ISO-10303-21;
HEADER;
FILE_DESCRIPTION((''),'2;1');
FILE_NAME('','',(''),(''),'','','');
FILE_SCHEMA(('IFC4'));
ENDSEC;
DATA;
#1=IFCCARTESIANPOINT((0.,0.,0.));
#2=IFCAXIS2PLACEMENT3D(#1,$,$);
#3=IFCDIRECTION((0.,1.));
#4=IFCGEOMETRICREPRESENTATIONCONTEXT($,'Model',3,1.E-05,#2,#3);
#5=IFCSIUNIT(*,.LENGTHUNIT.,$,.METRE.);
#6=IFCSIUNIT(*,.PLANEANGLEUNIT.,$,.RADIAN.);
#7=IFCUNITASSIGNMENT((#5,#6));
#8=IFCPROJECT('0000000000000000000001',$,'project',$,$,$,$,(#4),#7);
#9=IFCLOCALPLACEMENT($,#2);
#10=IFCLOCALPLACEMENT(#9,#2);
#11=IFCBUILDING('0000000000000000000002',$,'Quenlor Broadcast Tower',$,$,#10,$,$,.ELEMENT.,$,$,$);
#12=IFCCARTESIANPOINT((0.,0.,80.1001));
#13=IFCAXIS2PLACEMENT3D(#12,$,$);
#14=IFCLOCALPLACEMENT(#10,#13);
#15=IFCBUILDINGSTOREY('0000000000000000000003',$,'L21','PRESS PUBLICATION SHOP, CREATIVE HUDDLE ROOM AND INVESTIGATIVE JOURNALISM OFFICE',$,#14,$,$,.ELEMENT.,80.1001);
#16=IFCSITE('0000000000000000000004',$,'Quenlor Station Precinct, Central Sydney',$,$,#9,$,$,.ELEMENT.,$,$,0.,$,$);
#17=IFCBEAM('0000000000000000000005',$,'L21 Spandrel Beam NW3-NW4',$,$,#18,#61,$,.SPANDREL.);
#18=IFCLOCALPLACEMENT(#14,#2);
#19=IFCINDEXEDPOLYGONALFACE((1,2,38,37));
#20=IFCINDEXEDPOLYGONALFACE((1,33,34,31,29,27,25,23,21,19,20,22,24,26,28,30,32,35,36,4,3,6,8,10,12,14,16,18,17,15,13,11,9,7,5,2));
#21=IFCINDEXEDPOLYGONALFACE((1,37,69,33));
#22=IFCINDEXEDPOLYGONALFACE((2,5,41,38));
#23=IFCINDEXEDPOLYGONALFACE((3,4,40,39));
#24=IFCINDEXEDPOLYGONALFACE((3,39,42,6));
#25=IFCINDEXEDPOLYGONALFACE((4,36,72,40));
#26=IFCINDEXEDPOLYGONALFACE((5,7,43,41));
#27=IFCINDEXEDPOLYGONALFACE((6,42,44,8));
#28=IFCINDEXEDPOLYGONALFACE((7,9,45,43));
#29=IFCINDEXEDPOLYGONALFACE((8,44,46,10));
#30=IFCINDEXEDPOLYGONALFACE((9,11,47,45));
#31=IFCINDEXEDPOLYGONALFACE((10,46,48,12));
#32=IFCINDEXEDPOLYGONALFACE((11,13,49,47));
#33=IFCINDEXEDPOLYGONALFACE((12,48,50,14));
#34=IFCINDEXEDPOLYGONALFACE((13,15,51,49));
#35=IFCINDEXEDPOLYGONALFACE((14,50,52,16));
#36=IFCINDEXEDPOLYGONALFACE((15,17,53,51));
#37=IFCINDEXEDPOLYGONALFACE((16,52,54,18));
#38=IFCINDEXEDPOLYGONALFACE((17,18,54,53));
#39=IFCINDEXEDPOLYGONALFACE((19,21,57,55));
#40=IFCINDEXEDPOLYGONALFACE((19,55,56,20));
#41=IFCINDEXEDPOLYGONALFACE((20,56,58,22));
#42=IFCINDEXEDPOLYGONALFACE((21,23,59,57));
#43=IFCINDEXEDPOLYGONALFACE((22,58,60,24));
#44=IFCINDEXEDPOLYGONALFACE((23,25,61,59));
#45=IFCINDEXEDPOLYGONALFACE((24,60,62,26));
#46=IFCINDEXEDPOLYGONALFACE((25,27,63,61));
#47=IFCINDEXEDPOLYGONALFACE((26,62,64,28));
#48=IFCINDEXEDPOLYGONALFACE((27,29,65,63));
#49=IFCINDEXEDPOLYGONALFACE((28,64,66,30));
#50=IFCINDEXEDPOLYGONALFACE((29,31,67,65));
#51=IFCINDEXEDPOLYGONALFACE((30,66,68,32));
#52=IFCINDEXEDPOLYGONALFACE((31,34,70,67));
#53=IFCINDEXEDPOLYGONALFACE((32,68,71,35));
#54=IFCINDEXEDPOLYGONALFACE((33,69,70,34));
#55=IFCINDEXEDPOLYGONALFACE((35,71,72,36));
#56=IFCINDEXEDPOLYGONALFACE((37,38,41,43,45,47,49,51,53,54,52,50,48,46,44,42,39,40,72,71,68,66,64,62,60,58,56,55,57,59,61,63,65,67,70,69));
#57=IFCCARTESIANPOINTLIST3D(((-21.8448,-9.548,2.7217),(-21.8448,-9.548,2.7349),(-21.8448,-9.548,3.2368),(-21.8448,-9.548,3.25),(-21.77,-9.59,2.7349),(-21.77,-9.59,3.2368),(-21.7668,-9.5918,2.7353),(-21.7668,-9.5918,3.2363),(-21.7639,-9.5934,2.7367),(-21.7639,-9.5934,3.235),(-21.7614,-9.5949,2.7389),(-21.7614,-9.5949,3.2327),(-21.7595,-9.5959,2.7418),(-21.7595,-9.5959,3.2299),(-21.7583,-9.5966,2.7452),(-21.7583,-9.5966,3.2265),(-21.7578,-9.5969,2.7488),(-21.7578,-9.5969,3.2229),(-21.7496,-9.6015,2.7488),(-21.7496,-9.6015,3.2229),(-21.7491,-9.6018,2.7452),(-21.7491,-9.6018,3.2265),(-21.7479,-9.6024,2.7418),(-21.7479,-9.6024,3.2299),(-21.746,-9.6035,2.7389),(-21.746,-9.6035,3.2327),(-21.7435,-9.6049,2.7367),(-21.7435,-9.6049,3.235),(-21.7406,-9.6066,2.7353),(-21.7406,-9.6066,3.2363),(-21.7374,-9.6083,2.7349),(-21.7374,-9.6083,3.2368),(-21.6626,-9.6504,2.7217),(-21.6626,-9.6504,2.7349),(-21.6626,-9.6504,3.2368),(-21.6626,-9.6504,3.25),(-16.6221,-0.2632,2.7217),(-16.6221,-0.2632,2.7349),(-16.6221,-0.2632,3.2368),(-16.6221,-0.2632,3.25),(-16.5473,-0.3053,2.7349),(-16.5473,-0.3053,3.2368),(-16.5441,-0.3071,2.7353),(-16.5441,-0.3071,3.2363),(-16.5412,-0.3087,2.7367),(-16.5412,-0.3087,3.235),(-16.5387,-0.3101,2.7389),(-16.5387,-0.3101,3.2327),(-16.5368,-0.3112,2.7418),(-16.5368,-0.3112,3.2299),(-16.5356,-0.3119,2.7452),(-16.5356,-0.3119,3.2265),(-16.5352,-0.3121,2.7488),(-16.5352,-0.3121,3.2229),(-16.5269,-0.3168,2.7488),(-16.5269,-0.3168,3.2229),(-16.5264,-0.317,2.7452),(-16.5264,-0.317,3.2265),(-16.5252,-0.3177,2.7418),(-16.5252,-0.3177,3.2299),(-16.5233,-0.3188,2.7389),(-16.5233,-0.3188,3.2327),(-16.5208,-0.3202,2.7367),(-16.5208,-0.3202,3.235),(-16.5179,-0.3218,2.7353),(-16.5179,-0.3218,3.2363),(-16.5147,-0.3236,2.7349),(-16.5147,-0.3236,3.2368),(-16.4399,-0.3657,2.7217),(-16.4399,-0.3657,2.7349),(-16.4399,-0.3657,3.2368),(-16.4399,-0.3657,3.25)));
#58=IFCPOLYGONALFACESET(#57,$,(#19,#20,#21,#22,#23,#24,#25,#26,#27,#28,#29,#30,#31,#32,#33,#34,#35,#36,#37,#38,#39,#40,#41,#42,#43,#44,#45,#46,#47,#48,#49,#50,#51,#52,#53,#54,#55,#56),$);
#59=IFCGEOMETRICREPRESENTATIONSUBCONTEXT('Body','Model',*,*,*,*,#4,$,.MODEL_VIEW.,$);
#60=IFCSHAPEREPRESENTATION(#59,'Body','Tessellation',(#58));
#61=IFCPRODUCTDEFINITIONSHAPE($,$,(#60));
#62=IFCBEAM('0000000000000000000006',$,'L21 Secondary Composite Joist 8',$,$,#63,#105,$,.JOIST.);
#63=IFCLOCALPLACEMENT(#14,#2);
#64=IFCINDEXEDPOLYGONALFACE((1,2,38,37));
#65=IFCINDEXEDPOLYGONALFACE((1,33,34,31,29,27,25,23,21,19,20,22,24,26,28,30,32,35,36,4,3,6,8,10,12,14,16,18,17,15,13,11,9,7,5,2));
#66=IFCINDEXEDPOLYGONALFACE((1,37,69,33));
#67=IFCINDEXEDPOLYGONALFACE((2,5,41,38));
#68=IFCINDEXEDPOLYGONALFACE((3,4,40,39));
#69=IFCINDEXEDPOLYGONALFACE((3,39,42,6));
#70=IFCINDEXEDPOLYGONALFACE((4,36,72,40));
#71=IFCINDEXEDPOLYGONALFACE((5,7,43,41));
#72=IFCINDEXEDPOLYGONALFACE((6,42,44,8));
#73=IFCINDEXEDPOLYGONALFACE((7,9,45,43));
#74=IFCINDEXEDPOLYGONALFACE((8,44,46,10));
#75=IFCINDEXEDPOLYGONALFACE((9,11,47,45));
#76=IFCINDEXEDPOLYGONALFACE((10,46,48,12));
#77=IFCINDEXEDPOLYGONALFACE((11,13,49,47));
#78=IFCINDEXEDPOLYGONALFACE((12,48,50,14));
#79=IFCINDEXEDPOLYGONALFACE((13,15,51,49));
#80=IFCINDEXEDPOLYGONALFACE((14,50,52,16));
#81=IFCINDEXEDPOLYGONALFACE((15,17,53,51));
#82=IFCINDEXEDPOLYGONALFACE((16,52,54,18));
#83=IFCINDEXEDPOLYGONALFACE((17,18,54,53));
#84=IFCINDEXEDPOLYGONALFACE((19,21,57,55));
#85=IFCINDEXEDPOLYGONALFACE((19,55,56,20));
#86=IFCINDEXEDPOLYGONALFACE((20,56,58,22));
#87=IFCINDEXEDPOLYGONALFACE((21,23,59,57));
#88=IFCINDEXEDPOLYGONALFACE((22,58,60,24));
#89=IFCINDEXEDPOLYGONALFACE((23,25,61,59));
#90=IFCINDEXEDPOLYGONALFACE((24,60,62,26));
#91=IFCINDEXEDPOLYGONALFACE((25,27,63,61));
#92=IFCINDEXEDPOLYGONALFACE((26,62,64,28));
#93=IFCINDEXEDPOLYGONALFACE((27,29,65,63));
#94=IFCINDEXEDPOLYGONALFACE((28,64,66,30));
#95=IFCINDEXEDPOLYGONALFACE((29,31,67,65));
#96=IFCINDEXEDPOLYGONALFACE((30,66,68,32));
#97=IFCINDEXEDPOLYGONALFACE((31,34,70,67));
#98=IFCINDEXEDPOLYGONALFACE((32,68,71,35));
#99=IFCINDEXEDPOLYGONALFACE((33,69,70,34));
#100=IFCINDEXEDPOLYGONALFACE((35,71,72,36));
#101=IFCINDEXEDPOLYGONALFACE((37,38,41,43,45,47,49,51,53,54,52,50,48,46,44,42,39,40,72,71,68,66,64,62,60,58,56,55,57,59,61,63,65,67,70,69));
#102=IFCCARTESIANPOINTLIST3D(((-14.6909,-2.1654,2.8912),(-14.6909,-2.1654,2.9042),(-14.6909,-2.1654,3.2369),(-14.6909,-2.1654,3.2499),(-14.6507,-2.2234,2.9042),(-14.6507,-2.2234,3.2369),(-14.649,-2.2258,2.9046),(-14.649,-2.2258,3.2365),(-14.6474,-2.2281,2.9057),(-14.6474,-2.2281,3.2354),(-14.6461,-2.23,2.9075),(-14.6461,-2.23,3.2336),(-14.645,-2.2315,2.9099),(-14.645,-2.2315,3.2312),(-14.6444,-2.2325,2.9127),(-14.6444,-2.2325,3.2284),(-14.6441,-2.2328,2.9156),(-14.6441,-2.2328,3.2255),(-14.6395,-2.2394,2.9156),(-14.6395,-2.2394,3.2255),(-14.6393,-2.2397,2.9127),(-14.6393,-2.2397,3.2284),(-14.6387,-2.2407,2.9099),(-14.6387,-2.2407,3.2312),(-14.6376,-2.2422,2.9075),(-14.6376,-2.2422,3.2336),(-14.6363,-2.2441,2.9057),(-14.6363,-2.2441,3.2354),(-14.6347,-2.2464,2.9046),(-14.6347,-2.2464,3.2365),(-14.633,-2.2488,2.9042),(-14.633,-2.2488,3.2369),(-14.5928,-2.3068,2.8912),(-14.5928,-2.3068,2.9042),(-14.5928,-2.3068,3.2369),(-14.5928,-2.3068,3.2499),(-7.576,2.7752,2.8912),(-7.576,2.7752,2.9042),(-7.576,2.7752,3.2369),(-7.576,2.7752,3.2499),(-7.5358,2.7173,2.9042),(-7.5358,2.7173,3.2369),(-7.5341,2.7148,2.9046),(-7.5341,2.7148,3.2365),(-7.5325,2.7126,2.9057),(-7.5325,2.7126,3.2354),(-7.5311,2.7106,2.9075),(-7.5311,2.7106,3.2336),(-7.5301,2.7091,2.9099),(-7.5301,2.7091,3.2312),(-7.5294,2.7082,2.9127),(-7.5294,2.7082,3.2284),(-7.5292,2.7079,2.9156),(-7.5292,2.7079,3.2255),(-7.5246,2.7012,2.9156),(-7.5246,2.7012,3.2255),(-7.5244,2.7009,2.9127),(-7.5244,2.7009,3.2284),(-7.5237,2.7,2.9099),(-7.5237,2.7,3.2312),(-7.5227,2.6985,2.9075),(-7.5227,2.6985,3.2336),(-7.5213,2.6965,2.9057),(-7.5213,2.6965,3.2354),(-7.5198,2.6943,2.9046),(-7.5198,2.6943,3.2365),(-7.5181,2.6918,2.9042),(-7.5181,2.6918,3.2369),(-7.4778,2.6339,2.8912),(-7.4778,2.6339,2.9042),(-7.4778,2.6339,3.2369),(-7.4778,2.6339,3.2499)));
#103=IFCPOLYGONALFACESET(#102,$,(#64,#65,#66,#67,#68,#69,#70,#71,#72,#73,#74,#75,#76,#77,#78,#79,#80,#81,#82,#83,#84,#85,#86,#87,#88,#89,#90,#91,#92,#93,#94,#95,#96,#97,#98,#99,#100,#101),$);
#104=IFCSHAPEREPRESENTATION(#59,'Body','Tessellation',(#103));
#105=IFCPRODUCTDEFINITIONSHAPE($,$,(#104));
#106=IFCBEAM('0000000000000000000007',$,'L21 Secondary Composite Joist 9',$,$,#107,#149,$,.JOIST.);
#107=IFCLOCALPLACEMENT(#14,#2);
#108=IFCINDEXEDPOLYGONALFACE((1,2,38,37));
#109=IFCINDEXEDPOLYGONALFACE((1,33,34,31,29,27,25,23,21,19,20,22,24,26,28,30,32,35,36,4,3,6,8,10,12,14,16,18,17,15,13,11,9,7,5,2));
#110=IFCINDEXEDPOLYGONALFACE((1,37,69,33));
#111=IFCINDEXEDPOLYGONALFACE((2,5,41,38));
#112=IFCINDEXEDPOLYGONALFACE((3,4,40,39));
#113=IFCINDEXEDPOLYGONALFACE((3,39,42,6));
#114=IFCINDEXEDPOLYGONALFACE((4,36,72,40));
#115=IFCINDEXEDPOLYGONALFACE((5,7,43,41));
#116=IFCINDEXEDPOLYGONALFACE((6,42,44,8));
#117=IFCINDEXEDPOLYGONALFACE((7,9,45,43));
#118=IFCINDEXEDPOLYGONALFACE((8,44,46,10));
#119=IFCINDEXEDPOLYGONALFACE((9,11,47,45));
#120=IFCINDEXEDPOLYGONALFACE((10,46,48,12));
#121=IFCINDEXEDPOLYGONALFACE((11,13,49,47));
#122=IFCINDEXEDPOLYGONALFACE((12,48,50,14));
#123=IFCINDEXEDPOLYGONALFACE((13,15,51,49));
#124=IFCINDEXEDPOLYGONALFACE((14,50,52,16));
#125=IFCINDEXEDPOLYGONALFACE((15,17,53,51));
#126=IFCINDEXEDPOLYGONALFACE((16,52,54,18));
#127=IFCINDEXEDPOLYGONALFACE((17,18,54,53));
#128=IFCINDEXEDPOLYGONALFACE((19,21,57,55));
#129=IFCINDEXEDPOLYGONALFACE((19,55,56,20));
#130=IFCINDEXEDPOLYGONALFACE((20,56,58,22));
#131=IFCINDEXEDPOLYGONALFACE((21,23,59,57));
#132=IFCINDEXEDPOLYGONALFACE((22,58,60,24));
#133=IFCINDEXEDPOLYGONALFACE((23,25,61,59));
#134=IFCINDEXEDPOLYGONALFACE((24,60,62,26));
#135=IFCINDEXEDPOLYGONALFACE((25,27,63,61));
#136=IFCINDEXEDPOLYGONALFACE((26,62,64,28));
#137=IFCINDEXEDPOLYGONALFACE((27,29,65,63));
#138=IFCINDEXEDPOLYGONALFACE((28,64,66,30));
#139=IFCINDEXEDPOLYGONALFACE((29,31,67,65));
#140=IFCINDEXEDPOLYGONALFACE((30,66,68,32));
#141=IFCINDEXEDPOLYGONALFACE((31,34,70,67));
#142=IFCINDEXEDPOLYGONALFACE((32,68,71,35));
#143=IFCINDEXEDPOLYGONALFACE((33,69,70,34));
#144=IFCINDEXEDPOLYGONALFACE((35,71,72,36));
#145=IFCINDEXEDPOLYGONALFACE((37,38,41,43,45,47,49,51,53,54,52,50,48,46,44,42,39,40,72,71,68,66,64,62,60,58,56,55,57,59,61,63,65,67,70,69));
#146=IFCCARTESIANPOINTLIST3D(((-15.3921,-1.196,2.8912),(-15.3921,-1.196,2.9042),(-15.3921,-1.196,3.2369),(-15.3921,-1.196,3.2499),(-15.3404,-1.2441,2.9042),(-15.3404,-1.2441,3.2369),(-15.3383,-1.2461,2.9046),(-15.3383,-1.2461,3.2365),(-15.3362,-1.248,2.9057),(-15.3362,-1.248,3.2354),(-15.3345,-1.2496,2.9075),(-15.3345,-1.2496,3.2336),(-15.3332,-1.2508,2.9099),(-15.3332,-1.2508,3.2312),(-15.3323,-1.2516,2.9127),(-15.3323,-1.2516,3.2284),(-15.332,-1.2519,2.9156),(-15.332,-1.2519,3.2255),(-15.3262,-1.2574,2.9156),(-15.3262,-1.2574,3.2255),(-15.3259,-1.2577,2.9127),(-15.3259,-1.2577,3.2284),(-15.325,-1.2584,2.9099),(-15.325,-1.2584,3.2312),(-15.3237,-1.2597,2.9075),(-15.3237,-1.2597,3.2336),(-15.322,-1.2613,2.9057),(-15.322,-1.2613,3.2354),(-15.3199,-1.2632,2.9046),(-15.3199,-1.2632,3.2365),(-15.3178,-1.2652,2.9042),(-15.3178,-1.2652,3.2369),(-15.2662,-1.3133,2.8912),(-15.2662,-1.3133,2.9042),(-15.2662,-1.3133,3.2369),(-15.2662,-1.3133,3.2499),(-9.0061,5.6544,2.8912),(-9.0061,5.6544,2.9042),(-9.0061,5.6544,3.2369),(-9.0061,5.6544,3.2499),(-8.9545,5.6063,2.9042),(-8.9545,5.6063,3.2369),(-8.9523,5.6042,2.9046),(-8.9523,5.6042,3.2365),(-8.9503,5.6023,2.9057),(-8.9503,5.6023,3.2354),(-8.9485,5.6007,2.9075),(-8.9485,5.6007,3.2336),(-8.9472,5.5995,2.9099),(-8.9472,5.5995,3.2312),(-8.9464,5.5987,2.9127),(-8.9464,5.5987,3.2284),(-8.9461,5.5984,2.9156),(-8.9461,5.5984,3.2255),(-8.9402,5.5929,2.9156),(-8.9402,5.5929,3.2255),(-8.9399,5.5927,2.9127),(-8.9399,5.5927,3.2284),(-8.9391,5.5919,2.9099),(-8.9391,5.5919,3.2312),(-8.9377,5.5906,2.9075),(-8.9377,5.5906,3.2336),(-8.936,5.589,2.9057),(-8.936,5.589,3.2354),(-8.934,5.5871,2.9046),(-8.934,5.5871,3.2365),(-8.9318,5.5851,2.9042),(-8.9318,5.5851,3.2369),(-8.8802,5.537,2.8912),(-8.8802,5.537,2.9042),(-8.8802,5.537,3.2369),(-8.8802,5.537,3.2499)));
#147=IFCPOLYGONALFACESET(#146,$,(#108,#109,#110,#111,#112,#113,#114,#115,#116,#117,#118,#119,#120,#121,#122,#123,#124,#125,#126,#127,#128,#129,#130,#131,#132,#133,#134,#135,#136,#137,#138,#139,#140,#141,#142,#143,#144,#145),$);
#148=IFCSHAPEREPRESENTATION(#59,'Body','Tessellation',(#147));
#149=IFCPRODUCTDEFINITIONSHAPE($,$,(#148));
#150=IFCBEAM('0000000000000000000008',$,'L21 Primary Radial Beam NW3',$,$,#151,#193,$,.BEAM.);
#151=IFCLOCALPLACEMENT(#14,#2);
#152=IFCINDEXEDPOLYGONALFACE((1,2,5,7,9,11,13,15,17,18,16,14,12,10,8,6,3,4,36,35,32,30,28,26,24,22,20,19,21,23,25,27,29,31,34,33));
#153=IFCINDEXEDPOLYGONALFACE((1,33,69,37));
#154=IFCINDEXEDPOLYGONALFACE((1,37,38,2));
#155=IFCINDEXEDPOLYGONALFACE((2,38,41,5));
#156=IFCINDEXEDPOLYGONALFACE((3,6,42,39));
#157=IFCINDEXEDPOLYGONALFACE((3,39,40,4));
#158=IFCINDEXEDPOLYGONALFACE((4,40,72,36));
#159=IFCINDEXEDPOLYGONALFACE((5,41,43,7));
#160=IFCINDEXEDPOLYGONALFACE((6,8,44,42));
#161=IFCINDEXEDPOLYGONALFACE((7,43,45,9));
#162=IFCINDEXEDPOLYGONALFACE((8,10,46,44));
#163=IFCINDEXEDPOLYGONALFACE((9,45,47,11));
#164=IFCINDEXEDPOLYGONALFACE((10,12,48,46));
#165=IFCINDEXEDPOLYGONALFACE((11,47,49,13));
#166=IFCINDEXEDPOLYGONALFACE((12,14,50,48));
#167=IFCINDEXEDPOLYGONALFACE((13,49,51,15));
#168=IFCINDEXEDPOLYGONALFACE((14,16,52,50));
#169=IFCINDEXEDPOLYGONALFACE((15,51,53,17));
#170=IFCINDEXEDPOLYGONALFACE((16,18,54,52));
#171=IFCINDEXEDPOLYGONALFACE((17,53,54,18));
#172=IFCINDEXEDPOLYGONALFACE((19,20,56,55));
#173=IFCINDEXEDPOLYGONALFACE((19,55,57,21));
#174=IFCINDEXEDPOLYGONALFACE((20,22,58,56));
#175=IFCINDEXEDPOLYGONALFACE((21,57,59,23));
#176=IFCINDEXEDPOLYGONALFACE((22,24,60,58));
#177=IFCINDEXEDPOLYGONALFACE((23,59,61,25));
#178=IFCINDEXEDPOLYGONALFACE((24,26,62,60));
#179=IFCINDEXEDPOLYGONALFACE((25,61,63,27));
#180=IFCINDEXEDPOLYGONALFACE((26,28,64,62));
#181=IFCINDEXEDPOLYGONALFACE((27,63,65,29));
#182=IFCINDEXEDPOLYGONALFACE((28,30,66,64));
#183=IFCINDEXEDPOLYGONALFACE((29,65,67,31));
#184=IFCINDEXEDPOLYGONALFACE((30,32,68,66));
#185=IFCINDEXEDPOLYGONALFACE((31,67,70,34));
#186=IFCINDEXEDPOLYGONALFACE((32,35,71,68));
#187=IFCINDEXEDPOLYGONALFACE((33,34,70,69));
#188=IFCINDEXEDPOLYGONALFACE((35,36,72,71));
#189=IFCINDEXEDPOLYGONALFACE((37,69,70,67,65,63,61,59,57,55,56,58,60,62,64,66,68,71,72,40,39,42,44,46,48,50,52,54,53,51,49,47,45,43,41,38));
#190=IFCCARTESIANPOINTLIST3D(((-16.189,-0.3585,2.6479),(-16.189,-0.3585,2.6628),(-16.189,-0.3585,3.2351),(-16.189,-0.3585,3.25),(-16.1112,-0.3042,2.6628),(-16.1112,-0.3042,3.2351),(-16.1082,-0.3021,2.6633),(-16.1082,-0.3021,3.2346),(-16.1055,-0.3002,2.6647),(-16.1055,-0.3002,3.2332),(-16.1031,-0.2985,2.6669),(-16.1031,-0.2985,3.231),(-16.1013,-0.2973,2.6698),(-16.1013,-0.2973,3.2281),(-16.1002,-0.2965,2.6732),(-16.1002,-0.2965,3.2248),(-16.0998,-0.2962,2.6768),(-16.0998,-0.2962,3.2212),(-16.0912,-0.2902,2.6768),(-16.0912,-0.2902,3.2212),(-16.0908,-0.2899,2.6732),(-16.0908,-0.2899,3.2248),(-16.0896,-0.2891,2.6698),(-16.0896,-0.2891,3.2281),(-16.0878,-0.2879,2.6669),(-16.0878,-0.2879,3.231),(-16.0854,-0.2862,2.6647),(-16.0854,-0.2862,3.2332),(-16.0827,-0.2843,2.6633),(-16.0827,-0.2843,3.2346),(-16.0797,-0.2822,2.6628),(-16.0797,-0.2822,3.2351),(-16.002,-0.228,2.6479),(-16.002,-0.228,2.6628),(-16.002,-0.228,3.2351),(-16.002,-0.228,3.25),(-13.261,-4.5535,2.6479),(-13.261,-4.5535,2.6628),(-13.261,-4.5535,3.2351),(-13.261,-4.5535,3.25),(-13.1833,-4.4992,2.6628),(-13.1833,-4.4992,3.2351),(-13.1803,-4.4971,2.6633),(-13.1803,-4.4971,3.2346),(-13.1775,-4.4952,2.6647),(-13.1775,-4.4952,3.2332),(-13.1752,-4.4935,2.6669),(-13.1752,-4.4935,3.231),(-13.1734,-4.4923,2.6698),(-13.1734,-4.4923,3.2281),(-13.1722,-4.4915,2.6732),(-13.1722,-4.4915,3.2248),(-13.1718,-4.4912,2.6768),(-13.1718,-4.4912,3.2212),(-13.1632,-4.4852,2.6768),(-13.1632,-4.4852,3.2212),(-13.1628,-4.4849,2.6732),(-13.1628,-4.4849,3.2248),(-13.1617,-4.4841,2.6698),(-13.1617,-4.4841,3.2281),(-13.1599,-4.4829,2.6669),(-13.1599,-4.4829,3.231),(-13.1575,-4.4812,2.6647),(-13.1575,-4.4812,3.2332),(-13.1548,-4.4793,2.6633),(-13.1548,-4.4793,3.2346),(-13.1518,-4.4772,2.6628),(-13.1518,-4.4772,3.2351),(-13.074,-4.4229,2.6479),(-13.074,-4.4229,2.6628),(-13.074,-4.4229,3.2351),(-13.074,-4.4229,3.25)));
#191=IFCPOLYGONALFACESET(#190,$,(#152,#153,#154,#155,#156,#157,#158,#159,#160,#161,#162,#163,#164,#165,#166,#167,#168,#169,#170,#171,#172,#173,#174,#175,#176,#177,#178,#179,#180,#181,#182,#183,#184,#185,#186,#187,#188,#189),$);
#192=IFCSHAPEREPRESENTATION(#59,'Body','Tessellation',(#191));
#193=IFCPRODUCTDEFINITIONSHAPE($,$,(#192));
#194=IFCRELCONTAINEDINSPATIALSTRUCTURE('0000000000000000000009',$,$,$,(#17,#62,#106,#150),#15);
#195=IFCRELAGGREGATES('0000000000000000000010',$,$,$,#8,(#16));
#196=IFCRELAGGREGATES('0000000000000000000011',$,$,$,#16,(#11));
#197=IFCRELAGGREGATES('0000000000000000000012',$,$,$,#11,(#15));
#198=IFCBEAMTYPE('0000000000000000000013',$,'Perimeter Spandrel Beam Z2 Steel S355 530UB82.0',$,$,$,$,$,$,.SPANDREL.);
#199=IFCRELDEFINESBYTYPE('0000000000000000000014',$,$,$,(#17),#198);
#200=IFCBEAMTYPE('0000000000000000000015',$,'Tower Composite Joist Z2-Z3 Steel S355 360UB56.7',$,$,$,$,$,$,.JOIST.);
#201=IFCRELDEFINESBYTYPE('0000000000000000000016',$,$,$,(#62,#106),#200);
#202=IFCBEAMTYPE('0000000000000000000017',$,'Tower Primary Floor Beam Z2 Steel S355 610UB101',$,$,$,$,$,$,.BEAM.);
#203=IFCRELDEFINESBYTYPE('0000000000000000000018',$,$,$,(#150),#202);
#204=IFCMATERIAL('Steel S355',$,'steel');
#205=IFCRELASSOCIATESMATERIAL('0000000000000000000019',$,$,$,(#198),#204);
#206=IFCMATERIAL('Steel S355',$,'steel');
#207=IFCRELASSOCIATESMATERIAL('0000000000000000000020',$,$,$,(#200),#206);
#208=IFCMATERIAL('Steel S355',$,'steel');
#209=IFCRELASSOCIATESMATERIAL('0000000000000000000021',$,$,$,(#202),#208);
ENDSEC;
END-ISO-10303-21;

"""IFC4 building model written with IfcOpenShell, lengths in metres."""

from ifc_helpers import new_model, si_unit, direction, frame, origin, origin_2d, place, context, subcontext, project, spatial, i_section, extrude, material, material_profile, profile_set, type_object, element, save


model = new_model("IFC4")

# Units and contexts
model_context = context("Model", 3, precision=1e-05, world=origin(), true_north=direction((0.0, 1.0)))
body_context = subcontext(model_context, "Body", "Model", "MODEL_VIEW")
ifc_project = project(units=[si_unit("LENGTHUNIT", "METRE"), si_unit("PLANEANGLEUNIT", "RADIAN")], contexts=[model_context])

# Site, building, storey
site_placement = place(None, origin())
site = spatial("IfcSite", under=ifc_project, at=site_placement, Name="Quenlor Station Precinct, Central Sydney", CompositionType="ELEMENT", RefElevation=0.0)
building_placement = place(site_placement, origin())
building = spatial("IfcBuilding", under=site, at=building_placement, Name="Quenlor Broadcast Tower", CompositionType="ELEMENT")
storey_placement = place(building_placement, frame((0.0, 0.0, 80.1001)))
storey = spatial("IfcBuildingStorey", under=building, at=storey_placement, Name="L21", Description="PRESS PUBLICATION SHOP, CREATIVE HUDDLE ROOM AND INVESTIGATIVE JOURNALISM OFFICE", CompositionType="ELEMENT", Elevation=80.1001)

# Beams
ifc_material_1 = material(Name="Steel S355", Category="steel")
ifc_material_profile_1 = material_profile(ifc_material_1, i_section(OverallWidth=0.209, OverallDepth=0.5283, WebThickness=0.0095, FlangeThickness=0.0132, FilletRadius=0.0139, at=origin_2d()))
ifc_profile_set_1 = profile_set([ifc_material_profile_1], Name="Steel S355 530UB82.0")
beam_type_1 = type_object("IfcBeamType", Name="Perimeter Spandrel Beam Z2 Steel S355 530UB82.0", PredefinedType="SPANDREL", material=ifc_profile_set_1)
beam_1_placement = place(storey_placement, frame((-16.531, -0.3145, 2.9858), z_axis=(-0.490263, -0.871574, 0.0), x_axis=(0.871574, -0.490263, 0.0)))
element("IfcBeam", 1, at=beam_1_placement, inside=storey, type_object=beam_type_1, Name="L21 Spandrel Beam NW3-NW4", PredefinedType="SPANDREL", context=body_context, shape_type="SweptSolid", body=[
    extrude(i_section(OverallWidth=0.209, OverallDepth=0.5283, WebThickness=0.0095, FlangeThickness=0.0132, FilletRadius=0.0139, at=origin_2d()), origin(), (0.0, 0.0, 1.0), 10.6528),
])
ifc_material_2 = material(Name="Steel S355", Category="steel")
ifc_material_profile_2 = material_profile(ifc_material_2, i_section(OverallWidth=0.1721, OverallDepth=0.3586, WebThickness=0.0081, FlangeThickness=0.0129, FilletRadius=0.0115, at=origin_2d()))
ifc_profile_set_2 = profile_set([ifc_material_profile_2], Name="Steel S355 360UB56.7")
beam_type_2 = type_object("IfcBeamType", Name="Tower Composite Joist Z2-Z3 Steel S355 360UB56.7", PredefinedType="JOIST", material=ifc_profile_set_2)
beam_2_placement = place(storey_placement, frame((-14.6418, -2.2361, 3.0706), z_axis=(0.821386, 0.570373, 0.0), x_axis=(-0.570373, 0.821386, 0.0)))
element("IfcBeam", 2, at=beam_2_placement, inside=storey, type_object=beam_type_2, Name="L21 Secondary Composite Joist 8", PredefinedType="JOIST", context=body_context, shape_type="SweptSolid", body=[
    extrude(i_section(OverallWidth=0.1721, OverallDepth=0.3586, WebThickness=0.0081, FlangeThickness=0.0129, FilletRadius=0.0115, at=origin_2d()), origin(), (0.0, 0.0, 1.0), 8.6621),
])
beam_3_placement = place(storey_placement, frame((-15.3291, -1.2546, 3.0706), z_axis=(0.681881, 0.731463, 0.0), x_axis=(-0.731463, 0.681881, 0.0)))
element("IfcBeam", 3, at=beam_3_placement, inside=storey, type_object=beam_type_2, Name="L21 Secondary Composite Joist 9", PredefinedType="JOIST", context=body_context, shape_type="SweptSolid", body=[
    extrude(i_section(OverallWidth=0.1721, OverallDepth=0.3586, WebThickness=0.0081, FlangeThickness=0.0129, FilletRadius=0.0115, at=origin_2d()), origin(), (0.0, 0.0, 1.0), 9.3652),
])
ifc_material_3 = material(Name="Steel S355", Category="steel")
ifc_material_profile_3 = material_profile(ifc_material_3, i_section(OverallWidth=0.228, OverallDepth=0.6021, WebThickness=0.0105, FlangeThickness=0.0149, FilletRadius=0.0139, at=origin_2d()))
ifc_profile_set_3 = profile_set([ifc_material_profile_3], Name="Steel S355 610UB101")
beam_type_3 = type_object("IfcBeamType", Name="Tower Primary Floor Beam Z2 Steel S355 610UB101", PredefinedType="BEAM", material=ifc_profile_set_3)
beam_4_placement = place(storey_placement, frame((-16.0955, -0.2932, 2.949), z_axis=(0.572338, -0.820018, 0.0), x_axis=(0.820018, 0.572338, 0.0)))
element("IfcBeam", 4, at=beam_4_placement, inside=storey, type_object=beam_type_3, Name="L21 Primary Radial Beam NW3", PredefinedType="BEAM", context=body_context, shape_type="SweptSolid", body=[
    extrude(i_section(OverallWidth=0.228, OverallDepth=0.6021, WebThickness=0.0105, FlangeThickness=0.0149, FilletRadius=0.0139, at=origin_2d()), origin(), (0.0, 0.0, 1.0), 5.1157),
])

save(model, "model.ifc")
